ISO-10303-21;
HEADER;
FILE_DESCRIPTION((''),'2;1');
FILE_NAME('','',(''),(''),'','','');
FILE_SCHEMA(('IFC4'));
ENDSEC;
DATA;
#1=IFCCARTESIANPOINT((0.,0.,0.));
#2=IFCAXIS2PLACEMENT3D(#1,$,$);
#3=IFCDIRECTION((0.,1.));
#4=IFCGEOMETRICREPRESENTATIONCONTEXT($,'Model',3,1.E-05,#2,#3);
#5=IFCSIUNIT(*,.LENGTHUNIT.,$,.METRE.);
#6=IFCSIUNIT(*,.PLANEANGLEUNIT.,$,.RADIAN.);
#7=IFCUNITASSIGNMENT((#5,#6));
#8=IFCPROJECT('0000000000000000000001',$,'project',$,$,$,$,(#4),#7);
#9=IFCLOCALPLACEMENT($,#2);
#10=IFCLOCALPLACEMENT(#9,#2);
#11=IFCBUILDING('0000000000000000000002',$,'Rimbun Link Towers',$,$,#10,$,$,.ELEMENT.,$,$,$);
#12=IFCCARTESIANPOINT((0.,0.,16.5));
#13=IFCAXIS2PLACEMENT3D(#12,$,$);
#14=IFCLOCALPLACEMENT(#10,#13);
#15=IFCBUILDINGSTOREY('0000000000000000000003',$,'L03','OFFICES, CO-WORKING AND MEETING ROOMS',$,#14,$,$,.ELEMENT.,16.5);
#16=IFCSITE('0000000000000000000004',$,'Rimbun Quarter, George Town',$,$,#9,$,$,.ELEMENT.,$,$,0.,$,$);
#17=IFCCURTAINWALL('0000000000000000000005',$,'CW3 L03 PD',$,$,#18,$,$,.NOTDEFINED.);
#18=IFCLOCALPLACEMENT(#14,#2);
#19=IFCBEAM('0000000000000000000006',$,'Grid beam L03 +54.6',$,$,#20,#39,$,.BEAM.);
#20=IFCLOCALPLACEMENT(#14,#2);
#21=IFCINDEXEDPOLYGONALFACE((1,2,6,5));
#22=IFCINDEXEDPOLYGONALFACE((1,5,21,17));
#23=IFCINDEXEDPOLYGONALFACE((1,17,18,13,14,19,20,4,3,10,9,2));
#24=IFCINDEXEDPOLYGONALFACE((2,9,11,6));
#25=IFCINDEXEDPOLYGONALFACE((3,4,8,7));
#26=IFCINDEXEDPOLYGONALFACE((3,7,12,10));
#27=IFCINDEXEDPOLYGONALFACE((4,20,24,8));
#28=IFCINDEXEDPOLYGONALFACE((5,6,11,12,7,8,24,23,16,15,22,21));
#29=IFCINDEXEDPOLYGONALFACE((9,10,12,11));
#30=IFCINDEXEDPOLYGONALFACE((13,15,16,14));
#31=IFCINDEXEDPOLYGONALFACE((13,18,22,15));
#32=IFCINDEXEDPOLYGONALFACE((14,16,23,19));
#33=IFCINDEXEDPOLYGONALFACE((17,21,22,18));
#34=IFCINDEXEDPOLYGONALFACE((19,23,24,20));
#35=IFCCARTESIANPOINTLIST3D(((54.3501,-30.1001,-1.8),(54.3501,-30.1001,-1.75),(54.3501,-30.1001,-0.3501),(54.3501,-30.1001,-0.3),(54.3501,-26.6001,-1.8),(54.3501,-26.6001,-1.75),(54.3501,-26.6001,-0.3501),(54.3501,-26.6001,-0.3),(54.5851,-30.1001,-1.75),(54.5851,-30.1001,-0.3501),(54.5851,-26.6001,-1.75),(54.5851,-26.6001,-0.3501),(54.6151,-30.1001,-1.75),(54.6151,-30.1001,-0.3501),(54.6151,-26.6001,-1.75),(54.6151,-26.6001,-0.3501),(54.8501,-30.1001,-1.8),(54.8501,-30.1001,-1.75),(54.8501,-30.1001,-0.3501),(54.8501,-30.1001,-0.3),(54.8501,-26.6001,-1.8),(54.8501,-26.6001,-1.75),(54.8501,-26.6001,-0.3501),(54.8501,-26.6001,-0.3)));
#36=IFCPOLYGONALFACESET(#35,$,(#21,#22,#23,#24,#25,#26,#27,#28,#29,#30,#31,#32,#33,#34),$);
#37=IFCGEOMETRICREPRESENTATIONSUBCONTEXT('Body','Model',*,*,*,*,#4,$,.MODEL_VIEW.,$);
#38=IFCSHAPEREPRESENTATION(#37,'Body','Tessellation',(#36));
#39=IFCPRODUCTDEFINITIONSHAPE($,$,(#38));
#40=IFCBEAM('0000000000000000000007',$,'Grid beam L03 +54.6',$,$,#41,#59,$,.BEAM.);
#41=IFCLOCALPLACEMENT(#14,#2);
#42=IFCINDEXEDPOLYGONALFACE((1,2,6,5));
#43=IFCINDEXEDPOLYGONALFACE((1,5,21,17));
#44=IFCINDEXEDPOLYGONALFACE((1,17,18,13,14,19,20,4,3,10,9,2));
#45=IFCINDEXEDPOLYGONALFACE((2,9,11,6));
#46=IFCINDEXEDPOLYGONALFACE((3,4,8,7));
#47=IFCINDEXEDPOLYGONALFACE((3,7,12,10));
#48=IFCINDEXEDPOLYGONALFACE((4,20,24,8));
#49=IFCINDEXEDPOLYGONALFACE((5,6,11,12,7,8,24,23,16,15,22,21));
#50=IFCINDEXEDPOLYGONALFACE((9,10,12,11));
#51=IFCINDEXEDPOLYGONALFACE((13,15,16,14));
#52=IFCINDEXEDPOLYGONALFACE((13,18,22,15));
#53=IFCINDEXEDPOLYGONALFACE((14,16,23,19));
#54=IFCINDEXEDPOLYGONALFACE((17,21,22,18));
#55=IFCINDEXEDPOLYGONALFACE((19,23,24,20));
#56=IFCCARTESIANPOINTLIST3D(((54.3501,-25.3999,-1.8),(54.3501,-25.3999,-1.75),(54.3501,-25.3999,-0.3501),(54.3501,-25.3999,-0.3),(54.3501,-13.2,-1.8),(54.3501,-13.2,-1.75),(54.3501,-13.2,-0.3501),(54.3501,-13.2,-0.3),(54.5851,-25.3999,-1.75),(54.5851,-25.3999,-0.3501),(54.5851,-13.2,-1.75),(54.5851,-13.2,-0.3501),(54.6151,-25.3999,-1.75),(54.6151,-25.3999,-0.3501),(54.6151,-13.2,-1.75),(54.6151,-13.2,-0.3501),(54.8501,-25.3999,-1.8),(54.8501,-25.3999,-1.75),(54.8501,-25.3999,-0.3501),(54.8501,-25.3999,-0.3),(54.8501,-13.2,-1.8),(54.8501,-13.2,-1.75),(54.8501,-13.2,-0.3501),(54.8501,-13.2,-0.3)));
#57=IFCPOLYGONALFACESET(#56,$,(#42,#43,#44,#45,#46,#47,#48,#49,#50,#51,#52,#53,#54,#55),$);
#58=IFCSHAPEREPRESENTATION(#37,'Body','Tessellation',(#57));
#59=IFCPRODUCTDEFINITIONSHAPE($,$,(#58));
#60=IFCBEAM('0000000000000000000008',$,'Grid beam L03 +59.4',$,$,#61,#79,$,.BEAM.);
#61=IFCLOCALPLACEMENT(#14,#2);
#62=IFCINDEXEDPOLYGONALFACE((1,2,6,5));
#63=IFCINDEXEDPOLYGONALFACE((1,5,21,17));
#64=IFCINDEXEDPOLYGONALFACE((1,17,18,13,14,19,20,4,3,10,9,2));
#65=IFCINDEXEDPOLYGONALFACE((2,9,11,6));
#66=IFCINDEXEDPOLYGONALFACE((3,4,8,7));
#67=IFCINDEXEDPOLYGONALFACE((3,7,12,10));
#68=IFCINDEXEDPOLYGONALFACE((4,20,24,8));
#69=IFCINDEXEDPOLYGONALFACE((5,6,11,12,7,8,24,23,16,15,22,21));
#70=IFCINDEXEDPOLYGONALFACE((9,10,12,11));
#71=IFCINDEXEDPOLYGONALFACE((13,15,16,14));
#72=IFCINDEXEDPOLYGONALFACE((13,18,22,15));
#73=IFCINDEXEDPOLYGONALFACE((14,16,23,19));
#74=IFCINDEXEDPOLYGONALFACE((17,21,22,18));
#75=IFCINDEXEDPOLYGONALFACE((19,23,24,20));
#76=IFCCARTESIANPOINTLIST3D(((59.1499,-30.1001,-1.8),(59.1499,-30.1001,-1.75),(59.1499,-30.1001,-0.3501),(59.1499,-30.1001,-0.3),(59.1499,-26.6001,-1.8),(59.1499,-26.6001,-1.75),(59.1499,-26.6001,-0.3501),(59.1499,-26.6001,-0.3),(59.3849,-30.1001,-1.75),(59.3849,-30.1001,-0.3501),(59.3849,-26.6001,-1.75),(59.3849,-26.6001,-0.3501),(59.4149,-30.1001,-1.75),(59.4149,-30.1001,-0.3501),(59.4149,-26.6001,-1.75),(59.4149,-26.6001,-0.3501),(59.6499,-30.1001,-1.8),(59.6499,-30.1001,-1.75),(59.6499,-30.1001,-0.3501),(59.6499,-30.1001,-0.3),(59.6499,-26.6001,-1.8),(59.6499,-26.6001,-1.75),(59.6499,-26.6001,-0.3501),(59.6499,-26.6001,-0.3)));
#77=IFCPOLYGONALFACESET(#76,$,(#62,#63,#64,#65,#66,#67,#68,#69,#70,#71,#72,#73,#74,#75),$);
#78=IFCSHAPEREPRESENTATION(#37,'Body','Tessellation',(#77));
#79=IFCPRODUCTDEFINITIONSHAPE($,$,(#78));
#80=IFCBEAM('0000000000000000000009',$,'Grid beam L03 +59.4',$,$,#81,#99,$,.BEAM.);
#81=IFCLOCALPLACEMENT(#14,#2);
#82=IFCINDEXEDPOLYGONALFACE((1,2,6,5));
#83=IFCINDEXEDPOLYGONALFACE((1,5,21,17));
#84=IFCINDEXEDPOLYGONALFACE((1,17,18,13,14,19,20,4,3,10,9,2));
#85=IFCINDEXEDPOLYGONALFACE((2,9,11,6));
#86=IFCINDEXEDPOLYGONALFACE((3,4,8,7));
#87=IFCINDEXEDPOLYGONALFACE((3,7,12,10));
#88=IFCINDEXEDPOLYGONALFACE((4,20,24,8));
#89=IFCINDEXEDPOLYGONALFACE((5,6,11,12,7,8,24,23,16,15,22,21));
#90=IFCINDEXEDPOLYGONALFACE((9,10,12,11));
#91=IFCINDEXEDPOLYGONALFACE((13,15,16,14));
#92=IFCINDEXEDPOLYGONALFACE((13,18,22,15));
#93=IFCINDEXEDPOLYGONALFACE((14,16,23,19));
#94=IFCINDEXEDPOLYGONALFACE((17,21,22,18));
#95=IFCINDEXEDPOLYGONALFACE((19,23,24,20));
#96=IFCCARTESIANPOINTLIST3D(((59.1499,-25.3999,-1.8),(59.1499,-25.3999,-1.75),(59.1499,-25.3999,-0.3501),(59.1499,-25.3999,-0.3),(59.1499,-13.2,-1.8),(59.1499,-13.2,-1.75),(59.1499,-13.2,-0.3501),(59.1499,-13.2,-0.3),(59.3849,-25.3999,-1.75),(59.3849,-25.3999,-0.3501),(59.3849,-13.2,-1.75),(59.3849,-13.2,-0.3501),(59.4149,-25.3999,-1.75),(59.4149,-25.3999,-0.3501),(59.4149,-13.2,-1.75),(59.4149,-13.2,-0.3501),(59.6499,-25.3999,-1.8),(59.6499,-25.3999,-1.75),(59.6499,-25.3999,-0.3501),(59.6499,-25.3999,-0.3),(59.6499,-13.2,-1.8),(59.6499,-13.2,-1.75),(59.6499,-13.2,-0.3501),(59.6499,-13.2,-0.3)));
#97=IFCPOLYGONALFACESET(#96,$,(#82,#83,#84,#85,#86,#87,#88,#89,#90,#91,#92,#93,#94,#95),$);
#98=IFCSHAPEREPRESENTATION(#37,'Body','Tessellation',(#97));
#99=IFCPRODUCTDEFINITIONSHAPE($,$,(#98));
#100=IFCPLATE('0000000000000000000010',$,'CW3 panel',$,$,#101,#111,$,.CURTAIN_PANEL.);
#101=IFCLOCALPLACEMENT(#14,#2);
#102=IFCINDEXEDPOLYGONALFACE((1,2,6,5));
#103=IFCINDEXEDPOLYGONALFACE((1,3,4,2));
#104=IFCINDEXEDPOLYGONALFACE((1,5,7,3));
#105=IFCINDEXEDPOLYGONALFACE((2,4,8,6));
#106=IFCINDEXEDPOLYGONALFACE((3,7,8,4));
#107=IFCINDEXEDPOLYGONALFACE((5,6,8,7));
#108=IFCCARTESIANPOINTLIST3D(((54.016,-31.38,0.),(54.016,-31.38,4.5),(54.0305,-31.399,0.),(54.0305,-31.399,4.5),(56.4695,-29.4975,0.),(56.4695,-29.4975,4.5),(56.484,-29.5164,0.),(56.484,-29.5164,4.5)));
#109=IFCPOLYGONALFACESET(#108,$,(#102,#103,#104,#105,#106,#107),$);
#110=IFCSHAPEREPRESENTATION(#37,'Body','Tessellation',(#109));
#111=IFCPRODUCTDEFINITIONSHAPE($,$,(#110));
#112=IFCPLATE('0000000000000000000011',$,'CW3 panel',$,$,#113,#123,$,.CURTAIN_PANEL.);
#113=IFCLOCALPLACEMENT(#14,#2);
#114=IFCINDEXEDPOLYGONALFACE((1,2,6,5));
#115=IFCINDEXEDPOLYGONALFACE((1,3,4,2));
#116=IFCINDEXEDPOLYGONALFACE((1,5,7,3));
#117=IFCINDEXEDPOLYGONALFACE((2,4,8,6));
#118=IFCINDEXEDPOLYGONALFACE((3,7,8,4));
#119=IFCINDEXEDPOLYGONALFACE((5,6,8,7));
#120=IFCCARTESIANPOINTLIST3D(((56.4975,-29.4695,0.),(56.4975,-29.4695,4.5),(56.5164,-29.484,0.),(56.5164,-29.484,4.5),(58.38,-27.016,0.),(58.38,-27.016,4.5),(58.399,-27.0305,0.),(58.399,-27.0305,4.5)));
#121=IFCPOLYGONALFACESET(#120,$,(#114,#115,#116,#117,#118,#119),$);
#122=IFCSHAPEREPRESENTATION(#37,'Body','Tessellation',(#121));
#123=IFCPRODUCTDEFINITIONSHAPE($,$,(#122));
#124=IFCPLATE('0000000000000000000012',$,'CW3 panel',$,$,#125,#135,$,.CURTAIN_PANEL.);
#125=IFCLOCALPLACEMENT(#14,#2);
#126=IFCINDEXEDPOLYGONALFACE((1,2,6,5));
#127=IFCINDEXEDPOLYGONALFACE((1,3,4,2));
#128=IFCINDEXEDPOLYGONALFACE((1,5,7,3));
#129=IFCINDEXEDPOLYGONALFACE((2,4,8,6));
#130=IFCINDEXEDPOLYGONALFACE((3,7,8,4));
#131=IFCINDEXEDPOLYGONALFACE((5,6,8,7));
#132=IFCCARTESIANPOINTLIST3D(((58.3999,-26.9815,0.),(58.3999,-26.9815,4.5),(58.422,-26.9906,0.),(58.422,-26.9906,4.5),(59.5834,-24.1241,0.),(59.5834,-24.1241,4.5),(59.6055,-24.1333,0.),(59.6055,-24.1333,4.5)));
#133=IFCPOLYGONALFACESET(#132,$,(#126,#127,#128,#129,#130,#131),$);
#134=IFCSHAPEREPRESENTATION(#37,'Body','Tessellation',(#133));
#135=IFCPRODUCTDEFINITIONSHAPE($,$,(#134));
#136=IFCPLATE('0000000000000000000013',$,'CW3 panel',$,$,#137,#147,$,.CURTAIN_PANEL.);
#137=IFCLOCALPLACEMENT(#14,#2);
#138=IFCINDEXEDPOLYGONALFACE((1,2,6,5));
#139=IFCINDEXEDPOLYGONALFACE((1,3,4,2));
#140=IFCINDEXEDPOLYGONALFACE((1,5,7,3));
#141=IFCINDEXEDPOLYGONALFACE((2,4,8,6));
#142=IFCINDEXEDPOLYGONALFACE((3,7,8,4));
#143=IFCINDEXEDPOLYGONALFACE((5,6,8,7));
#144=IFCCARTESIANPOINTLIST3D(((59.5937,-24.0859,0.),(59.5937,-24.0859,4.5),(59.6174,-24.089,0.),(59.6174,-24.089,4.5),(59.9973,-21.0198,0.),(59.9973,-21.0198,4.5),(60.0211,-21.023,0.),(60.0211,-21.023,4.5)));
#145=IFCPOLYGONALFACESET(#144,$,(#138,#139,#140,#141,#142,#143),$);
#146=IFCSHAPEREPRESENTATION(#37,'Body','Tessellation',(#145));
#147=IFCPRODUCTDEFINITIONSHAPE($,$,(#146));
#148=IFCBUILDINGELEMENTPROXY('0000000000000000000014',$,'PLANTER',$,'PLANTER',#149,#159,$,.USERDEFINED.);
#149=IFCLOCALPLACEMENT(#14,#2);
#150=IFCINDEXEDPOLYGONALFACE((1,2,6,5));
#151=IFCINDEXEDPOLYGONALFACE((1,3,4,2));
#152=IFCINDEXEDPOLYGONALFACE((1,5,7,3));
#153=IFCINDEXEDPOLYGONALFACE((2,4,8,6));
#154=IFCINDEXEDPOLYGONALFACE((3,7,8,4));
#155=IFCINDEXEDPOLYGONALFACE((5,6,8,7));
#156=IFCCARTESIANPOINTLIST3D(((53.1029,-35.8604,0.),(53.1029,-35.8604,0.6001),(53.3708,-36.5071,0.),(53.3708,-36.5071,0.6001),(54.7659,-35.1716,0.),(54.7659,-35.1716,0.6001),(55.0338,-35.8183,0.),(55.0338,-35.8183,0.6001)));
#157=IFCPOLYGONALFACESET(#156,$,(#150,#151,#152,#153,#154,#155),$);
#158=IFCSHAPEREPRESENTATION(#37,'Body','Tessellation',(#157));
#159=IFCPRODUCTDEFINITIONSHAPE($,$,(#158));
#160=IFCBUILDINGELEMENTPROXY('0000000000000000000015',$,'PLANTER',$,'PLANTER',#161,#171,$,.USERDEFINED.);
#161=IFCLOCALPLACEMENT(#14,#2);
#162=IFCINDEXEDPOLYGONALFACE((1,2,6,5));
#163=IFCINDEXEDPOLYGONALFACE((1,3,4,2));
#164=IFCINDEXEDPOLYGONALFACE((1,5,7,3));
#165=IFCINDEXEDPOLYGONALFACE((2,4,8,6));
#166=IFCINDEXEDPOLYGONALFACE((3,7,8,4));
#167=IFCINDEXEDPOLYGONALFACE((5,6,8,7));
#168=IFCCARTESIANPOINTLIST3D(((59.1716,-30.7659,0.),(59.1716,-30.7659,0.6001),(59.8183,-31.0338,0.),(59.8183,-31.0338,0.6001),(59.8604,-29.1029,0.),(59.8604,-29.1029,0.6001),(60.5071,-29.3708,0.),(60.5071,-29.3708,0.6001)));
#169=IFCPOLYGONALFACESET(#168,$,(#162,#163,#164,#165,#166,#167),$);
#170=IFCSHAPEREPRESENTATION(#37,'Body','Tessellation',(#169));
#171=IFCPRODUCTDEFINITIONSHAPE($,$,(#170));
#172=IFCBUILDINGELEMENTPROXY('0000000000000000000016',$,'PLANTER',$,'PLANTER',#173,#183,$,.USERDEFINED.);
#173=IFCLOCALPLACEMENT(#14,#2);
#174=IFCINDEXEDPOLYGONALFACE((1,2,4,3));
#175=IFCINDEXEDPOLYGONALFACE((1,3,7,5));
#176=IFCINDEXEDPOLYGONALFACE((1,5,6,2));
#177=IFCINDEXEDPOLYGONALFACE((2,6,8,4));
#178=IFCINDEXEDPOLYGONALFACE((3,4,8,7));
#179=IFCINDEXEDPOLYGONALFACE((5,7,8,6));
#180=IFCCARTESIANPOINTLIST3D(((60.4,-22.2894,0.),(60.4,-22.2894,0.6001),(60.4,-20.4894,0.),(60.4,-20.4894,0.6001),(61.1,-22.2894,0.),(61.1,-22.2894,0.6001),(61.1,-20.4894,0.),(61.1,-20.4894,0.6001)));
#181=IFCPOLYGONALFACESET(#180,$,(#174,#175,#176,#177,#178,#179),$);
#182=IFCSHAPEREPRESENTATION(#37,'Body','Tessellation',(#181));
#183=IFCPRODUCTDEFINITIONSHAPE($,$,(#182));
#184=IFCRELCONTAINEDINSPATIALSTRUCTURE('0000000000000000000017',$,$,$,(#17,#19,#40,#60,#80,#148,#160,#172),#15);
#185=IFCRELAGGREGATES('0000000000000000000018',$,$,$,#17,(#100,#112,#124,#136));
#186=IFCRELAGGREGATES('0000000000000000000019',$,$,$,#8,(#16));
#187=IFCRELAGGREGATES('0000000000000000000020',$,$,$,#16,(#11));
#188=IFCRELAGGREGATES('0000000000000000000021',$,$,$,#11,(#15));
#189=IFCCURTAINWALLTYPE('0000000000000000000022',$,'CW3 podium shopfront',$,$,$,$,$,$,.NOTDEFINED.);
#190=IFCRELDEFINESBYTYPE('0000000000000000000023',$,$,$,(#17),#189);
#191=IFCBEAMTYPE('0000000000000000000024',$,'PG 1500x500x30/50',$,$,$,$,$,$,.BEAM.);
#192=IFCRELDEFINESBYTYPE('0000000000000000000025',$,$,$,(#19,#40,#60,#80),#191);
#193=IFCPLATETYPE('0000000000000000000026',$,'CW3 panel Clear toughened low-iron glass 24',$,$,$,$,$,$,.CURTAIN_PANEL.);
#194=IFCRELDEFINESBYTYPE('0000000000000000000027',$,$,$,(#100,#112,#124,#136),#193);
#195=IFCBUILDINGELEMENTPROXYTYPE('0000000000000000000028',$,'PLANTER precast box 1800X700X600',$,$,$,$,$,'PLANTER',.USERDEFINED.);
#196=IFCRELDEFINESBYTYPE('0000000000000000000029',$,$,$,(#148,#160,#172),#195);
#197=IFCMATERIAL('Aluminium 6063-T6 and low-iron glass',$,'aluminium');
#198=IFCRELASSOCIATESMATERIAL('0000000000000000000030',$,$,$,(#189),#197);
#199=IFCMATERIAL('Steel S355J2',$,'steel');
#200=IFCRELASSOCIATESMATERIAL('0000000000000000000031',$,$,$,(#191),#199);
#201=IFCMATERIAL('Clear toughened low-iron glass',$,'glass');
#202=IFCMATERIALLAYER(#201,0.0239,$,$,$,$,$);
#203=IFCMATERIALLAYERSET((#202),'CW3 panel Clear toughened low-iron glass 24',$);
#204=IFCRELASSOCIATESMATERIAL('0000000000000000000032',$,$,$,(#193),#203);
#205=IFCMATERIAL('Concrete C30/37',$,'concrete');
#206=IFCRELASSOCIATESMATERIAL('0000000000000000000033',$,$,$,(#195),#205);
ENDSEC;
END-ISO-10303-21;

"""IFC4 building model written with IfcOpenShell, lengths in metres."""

from ifc_helpers import new_model, si_unit, direction, frame, origin, origin_2d, place, context, subcontext, project, spatial, rectangle, i_section, extrude, material, layer, layer_set, material_profile, profile_set, type_object, element, aggregate, save


model = new_model("IFC4")

# Units and contexts
model_context = context("Model", 3, precision=1e-05, world=origin(), true_north=direction((0.0, 1.0)))
body_context = subcontext(model_context, "Body", "Model", "MODEL_VIEW")
ifc_project = project(units=[si_unit("LENGTHUNIT", "METRE"), si_unit("PLANEANGLEUNIT", "RADIAN")], contexts=[model_context])

# Site, building, storey
site_placement = place(None, origin())
site = spatial("IfcSite", under=ifc_project, at=site_placement, Name="Rimbun Quarter, George Town", CompositionType="ELEMENT", RefElevation=0.0)
building_placement = place(site_placement, origin())
building = spatial("IfcBuilding", under=site, at=building_placement, Name="Rimbun Link Towers", CompositionType="ELEMENT")
storey_placement = place(building_placement, frame((0.0, 0.0, 16.5)))
storey = spatial("IfcBuildingStorey", under=building, at=storey_placement, Name="L03", Description="OFFICES, CO-WORKING AND MEETING ROOMS", CompositionType="ELEMENT", Elevation=16.5)

# Curtain wall
ifc_material_1 = material(Name="Aluminium 6063-T6 and low-iron glass", Category="aluminium")
curtain_wall_type = type_object("IfcCurtainWallType", Name="CW3 podium shopfront", PredefinedType="NOTDEFINED", material=ifc_material_1)
curtain_wall_placement = place(storey_placement, origin())
curtain_wall = element("IfcCurtainWall", 1, at=curtain_wall_placement, inside=storey, type_object=curtain_wall_type, Name="CW3 L03 PD", PredefinedType="NOTDEFINED")

# Beams
ifc_material_2 = material(Name="Steel S355J2", Category="steel")
ifc_material_profile_1 = material_profile(ifc_material_2, i_section(OverallWidth=0.5, OverallDepth=1.5, WebThickness=0.03, FlangeThickness=0.05, at=origin_2d()), Name="PG 1500x500x30/50")
ifc_profile_set_1 = profile_set([ifc_material_profile_1], Name="Steel S355J2")
beam_type = type_object("IfcBeamType", Name="PG 1500x500x30/50", PredefinedType="BEAM", material=ifc_profile_set_1)
beam_1_placement = place(storey_placement, frame((54.6001, -30.1001, -1.05), z_axis=(0.0, 1.0, 0.0), x_axis=(-1.0, 0.0, 0.0)))
element("IfcBeam", 2, at=beam_1_placement, inside=storey, type_object=beam_type, Name="Grid beam L03 +54.6", PredefinedType="BEAM", context=body_context, shape_type="SweptSolid", body=[
    extrude(i_section(OverallWidth=0.5, OverallDepth=1.5, WebThickness=0.03, FlangeThickness=0.05, at=origin_2d()), origin(), (0.0, 0.0, 1.0), 3.5),
])
beam_2_placement = place(storey_placement, frame((54.6001, -25.3999, -1.05), z_axis=(0.0, 1.0, 0.0), x_axis=(-1.0, 0.0, 0.0)))
element("IfcBeam", 3, at=beam_2_placement, inside=storey, type_object=beam_type, Name="Grid beam L03 +54.6", PredefinedType="BEAM", context=body_context, shape_type="SweptSolid", body=[
    extrude(i_section(OverallWidth=0.5, OverallDepth=1.5, WebThickness=0.03, FlangeThickness=0.05, at=origin_2d()), origin(), (0.0, 0.0, 1.0), 12.2),
])
beam_3_placement = place(storey_placement, frame((59.3999, -30.1001, -1.05), z_axis=(0.0, 1.0, 0.0), x_axis=(-1.0, 0.0, 0.0)))
element("IfcBeam", 4, at=beam_3_placement, inside=storey, type_object=beam_type, Name="Grid beam L03 +59.4", PredefinedType="BEAM", context=body_context, shape_type="SweptSolid", body=[
    extrude(i_section(OverallWidth=0.5, OverallDepth=1.5, WebThickness=0.03, FlangeThickness=0.05, at=origin_2d()), origin(), (0.0, 0.0, 1.0), 3.5),
])
beam_4_placement = place(storey_placement, frame((59.3999, -25.3999, -1.05), z_axis=(0.0, 1.0, 0.0), x_axis=(-1.0, 0.0, 0.0)))
element("IfcBeam", 5, at=beam_4_placement, inside=storey, type_object=beam_type, Name="Grid beam L03 +59.4", PredefinedType="BEAM", context=body_context, shape_type="SweptSolid", body=[
    extrude(i_section(OverallWidth=0.5, OverallDepth=1.5, WebThickness=0.03, FlangeThickness=0.05, at=origin_2d()), origin(), (0.0, 0.0, 1.0), 12.2),
])

# Plates
ifc_material_3 = material(Name="Clear toughened low-iron glass", Category="glass")
ifc_layer = layer(ifc_material_3, 0.0239)
ifc_layer_set = layer_set([ifc_layer], Name="CW3 panel Clear toughened low-iron glass 24")
plate_type = type_object("IfcPlateType", Name="CW3 panel Clear toughened low-iron glass 24", PredefinedType="CURTAIN_PANEL", material=ifc_layer_set)
plate_1_placement = place(storey_placement, frame((55.25, -30.4482, 0.0), z_axis=(0.0, 0.0, 1.0), x_axis=(-0.793359, -0.608754, 0.0)))
plate_1 = element("IfcPlate", 6, at=plate_1_placement, type_object=plate_type, Name="CW3 panel", PredefinedType="CURTAIN_PANEL", context=body_context, shape_type="SweptSolid", body=[
    extrude(rectangle(XDim=3.0925, YDim=0.0239, at=origin_2d()), origin(), (0.0, 0.0, 1.0), 4.5),
])
plate_2_placement = place(storey_placement, frame((57.4482, -28.25, 0.0), z_axis=(0.0, 0.0, 1.0), x_axis=(-0.608754, -0.793359, 0.0)))
plate_2 = element("IfcPlate", 7, at=plate_2_placement, type_object=plate_type, Name="CW3 panel", PredefinedType="CURTAIN_PANEL", context=body_context, shape_type="SweptSolid", body=[
    extrude(rectangle(XDim=3.0925, YDim=0.0239, at=origin_2d()), origin(), (0.0, 0.0, 1.0), 4.5),
])
plate_3_placement = place(storey_placement, frame((59.0027, -25.5574, 0.0), z_axis=(0.0, 0.0, 1.0), x_axis=(-0.382679, -0.923881, 0.0)))
plate_3 = element("IfcPlate", 8, at=plate_3_placement, type_object=plate_type, Name="CW3 panel", PredefinedType="CURTAIN_PANEL", context=body_context, shape_type="SweptSolid", body=[
    extrude(rectangle(XDim=3.0928, YDim=0.0239, at=origin_2d()), origin(), (0.0, 0.0, 1.0), 4.5),
])
plate_4_placement = place(storey_placement, frame((59.8074, -22.5544, 0.0), z_axis=(0.0, 0.0, 1.0), x_axis=(-0.13053, -0.991444, 0.0)))
plate_4 = element("IfcPlate", 9, at=plate_4_placement, type_object=plate_type, Name="CW3 panel", PredefinedType="CURTAIN_PANEL", context=body_context, shape_type="SweptSolid", body=[
    extrude(rectangle(XDim=3.0925, YDim=0.0239, at=origin_2d()), origin(), (0.0, 0.0, 1.0), 4.5),
])
aggregate(curtain_wall, [plate_1, plate_2, plate_3, plate_4])

# Building element proxies
ifc_material_4 = material(Name="Concrete C30/37", Category="concrete")
building_element_proxy_type = type_object("IfcBuildingElementProxyType", Name="PLANTER precast box 1800X700X600", ElementType="PLANTER", PredefinedType="USERDEFINED", material=ifc_material_4)
for number, where, z_axis, x_axis, name in (
    (10, (54.0684, -35.8394, 0.0), (0.0, 0.0, 1.0), (0.923881, 0.382679, 0.0), "PLANTER"),
    (11, (59.8394, -30.0684, 0.0), (0.0, 0.0, 1.0), (0.382679, 0.923881, 0.0), "PLANTER"),
    (12, (60.75, -21.3894, 0.0), (0.0, 0.0, 1.0), (0.0, 1.0, 0.0), "PLANTER"),
):
    element("IfcBuildingElementProxy", number, at=place(storey_placement, frame(where, z_axis=z_axis, x_axis=x_axis)), inside=storey, type_object=building_element_proxy_type, Name=name, ObjectType="PLANTER", PredefinedType="USERDEFINED", context=body_context, shape_type="SweptSolid", body=[
        extrude(rectangle(XDim=1.8, YDim=0.7, at=origin_2d()), origin(), (0.0, 0.0, 1.0), 0.6001),
    ])

save(model, "model.ifc")
